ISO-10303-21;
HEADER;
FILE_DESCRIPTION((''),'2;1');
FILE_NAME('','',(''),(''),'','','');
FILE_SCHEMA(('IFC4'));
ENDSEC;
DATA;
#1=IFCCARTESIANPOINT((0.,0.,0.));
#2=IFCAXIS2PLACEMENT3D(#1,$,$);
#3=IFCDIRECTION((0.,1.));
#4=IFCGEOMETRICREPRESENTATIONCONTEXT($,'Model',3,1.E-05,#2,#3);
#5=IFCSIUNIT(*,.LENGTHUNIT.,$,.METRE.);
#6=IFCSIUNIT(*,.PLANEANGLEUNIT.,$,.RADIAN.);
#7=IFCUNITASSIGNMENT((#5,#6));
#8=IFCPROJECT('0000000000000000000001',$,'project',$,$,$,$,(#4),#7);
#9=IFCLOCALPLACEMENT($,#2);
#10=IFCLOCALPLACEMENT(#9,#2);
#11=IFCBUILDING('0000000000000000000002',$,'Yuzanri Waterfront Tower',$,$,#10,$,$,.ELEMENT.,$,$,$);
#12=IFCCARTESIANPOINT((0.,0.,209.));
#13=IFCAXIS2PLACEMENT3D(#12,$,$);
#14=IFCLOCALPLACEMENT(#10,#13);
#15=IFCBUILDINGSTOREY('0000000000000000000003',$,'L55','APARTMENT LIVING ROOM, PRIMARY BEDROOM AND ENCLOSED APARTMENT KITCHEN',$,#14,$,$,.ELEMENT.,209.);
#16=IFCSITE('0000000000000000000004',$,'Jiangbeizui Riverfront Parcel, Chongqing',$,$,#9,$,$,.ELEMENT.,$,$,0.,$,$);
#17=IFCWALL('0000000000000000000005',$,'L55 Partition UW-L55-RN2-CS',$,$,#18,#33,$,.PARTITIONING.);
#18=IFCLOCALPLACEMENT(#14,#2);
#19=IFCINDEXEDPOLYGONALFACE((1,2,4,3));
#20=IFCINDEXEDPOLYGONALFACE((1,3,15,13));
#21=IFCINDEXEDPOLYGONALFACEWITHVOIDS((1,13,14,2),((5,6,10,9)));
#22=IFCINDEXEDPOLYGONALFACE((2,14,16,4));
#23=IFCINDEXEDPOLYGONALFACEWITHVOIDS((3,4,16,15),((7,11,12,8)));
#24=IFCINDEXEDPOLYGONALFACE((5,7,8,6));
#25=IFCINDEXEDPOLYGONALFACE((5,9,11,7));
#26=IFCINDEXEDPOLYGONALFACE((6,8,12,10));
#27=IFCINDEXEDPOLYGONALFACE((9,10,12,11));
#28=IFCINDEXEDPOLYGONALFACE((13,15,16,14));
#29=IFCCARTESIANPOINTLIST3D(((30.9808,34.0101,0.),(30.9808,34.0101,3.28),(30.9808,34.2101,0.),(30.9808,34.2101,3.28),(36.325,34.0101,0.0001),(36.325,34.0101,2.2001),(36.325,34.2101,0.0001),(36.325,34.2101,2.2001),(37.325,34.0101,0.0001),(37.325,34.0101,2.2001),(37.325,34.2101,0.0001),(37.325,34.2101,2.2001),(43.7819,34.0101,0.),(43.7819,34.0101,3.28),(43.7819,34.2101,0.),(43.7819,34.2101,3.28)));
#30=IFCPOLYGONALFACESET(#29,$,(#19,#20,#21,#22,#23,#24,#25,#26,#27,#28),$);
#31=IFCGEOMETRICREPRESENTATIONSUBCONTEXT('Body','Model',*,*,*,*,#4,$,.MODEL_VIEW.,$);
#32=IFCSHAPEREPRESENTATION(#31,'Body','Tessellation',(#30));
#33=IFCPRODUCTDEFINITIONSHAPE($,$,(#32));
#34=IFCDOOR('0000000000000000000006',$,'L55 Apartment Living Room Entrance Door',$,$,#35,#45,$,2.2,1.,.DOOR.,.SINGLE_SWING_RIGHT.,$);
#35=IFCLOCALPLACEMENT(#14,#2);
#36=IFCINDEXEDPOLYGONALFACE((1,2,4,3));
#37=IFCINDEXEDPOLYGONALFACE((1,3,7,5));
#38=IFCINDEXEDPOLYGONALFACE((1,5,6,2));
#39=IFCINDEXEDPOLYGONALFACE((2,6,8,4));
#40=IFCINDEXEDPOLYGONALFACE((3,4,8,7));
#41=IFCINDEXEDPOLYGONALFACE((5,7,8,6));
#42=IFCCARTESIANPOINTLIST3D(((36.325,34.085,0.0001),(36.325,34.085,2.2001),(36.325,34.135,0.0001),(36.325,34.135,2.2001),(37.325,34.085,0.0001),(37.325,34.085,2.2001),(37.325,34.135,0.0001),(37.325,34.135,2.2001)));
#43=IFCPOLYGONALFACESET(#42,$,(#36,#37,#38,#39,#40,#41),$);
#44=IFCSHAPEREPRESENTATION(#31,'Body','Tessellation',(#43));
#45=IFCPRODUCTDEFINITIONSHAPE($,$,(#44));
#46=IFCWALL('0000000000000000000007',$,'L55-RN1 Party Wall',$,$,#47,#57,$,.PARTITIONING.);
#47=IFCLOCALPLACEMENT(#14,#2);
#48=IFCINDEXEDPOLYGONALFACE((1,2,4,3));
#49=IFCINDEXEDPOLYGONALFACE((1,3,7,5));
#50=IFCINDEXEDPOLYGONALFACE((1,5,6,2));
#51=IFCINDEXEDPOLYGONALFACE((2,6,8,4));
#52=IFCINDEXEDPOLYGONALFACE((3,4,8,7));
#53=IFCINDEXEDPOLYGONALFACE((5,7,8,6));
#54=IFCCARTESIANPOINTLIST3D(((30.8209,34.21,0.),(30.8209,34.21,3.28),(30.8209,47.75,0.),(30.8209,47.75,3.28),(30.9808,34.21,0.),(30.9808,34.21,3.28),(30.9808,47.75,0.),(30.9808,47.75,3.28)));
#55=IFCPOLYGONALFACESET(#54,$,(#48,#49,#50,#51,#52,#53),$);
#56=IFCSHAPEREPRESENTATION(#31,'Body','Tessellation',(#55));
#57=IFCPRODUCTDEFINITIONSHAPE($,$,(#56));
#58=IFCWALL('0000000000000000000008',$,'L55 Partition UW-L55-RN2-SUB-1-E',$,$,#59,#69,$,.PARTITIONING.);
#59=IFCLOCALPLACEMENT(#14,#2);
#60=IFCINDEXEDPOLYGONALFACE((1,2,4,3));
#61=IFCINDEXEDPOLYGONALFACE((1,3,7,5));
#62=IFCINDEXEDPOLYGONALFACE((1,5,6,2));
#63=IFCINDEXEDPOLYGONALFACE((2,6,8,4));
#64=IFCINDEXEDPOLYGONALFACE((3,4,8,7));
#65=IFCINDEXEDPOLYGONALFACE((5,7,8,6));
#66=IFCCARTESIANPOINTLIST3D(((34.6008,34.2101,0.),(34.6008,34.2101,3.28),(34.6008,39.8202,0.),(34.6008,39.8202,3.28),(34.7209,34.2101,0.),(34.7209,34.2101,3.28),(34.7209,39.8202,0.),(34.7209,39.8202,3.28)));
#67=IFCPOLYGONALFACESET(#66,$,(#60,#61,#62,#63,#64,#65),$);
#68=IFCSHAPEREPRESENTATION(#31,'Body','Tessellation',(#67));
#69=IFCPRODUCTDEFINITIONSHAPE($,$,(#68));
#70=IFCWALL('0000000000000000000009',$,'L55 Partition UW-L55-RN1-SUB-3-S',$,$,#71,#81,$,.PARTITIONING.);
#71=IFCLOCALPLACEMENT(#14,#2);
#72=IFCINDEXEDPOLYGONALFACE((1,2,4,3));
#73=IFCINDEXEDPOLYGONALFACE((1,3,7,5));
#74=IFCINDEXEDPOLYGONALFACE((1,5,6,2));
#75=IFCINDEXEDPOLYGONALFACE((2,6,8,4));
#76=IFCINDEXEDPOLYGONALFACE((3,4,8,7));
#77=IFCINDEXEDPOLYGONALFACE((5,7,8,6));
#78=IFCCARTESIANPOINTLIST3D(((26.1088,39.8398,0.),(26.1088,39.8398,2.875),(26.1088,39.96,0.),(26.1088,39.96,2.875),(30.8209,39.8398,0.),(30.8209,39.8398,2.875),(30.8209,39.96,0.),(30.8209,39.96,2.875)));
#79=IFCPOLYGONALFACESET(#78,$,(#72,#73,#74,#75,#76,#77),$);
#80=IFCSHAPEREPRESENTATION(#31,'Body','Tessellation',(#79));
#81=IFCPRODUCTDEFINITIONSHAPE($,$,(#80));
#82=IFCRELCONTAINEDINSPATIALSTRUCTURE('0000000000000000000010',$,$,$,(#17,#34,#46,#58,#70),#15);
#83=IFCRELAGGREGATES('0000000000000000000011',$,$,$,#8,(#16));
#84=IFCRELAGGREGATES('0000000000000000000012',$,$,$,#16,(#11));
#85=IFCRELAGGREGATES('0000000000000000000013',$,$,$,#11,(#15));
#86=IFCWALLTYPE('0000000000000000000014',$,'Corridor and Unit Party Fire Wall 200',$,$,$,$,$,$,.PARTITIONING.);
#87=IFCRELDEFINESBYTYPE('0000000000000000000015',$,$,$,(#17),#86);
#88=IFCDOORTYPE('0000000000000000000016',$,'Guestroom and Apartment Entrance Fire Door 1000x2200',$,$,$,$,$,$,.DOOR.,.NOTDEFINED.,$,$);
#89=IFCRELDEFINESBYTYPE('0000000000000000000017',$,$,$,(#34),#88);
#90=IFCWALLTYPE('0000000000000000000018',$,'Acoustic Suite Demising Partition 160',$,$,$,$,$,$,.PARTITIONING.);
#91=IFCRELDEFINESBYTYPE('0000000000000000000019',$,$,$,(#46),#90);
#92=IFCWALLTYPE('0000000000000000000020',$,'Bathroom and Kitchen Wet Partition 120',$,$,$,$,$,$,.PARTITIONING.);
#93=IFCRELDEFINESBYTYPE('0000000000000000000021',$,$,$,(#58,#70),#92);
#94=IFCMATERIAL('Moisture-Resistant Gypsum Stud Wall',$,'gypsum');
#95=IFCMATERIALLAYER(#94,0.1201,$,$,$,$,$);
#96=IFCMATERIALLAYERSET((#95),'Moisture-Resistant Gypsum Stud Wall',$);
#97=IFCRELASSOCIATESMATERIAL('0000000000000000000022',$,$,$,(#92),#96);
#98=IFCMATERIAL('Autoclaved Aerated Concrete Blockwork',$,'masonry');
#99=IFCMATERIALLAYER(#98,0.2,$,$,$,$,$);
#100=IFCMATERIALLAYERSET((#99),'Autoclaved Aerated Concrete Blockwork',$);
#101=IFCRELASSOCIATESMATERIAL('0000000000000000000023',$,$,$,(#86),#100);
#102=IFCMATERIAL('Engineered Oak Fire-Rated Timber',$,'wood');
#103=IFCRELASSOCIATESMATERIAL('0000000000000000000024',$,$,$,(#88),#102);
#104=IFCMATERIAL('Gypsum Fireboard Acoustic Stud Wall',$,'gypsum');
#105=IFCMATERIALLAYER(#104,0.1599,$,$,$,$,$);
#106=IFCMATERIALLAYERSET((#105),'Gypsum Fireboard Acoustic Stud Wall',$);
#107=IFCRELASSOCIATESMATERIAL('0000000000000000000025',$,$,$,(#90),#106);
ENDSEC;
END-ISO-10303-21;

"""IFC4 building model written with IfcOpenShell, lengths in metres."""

from ifc_helpers import new_model, si_unit, direction, frame, frame_2d, origin, place, context, subcontext, project, spatial, rectangle, extrude, source, transform, mapped, material, layer, layer_set, type_object, element, fill, save


model = new_model("IFC4")

# Units and contexts
model_context = context("Model", 3, precision=1e-05, world=origin(), true_north=direction((0.0, 1.0)))
body_context = subcontext(model_context, "Body", "Model", "MODEL_VIEW")
ifc_project = project(units=[si_unit("LENGTHUNIT", "METRE"), si_unit("PLANEANGLEUNIT", "RADIAN")], contexts=[model_context])

# Site, building, storey
site_placement = place(None, origin())
site = spatial("IfcSite", under=ifc_project, at=site_placement, Name="Jiangbeizui Riverfront Parcel, Chongqing", CompositionType="ELEMENT", RefElevation=0.0)
building_placement = place(site_placement, origin())
building = spatial("IfcBuilding", under=site, at=building_placement, Name="Yuzanri Waterfront Tower", CompositionType="ELEMENT")
storey_placement = place(building_placement, frame((0.0, 0.0, 209.0)))
storey = spatial("IfcBuildingStorey", under=building, at=storey_placement, Name="L55", Description="APARTMENT LIVING ROOM, PRIMARY BEDROOM AND ENCLOSED APARTMENT KITCHEN", CompositionType="ELEMENT", Elevation=209.0)

# Wall, opening, door
ifc_material_1 = material(Name="Moisture-Resistant Gypsum Stud Wall", Category="gypsum")
ifc_layer_1 = layer(ifc_material_1, 0.1201)
ifc_layer_set_1 = layer_set([ifc_layer_1], Name="Moisture-Resistant Gypsum Stud Wall")
wall_type_1 = type_object("IfcWallType", Name="Bathroom and Kitchen Wet Partition 120", PredefinedType="PARTITIONING", material=ifc_layer_set_1)
ifc_material_2 = material(Name="Autoclaved Aerated Concrete Blockwork", Category="masonry")
ifc_layer_2 = layer(ifc_material_2, 0.2)
ifc_layer_set_2 = layer_set([ifc_layer_2], Name="Autoclaved Aerated Concrete Blockwork")
wall_type_2 = type_object("IfcWallType", Name="Corridor and Unit Party Fire Wall 200", PredefinedType="PARTITIONING", material=ifc_layer_set_2)
wall_1_placement = place(storey_placement, frame((30.981, 34.1101, 0.0), z_axis=(0.0, 0.0, 1.0), x_axis=(1.0, 0.0, 0.0)))
wall_1 = element("IfcWall", 1, at=wall_1_placement, inside=storey, type_object=wall_type_2, Name="L55 Partition UW-L55-RN2-CS", PredefinedType="PARTITIONING", context=body_context, shape_type="SweptSolid", body=[
    extrude(rectangle(XDim=12.801, YDim=0.2, at=frame_2d((6.4004, 0.0))), origin(), (0.0, 0.0, 1.0), 3.28),
])
opening_1_placement = place(wall_1_placement, frame((5.344, 0.0, 0.0)))
opening_1 = element("IfcOpeningElement", 2, at=opening_1_placement, cuts=wall_1, PredefinedType="OPENING", context=body_context, shape_type="SweptSolid", body=[
    extrude(rectangle(XDim=1.0, YDim=2.2, at=frame_2d((0.5, 1.1001))), frame((0.0, 0.1147, 0.0), z_axis=(0.0, -1.0, 0.0), x_axis=(1.0, 0.0, 0.0)), (0.0, 0.0, 1.0), 0.2297),
])
ifc_material_3 = material(Name="Engineered Oak Fire-Rated Timber", Category="wood")
door_type_1 = type_object("IfcDoorType", Name="Guestroom and Apartment Entrance Fire Door 1000x2200", OperationType="NOTDEFINED", PredefinedType="DOOR", material=ifc_material_3)
shared_shape_1 = source(origin(), body_context, "Body", "SweptSolid", [
    extrude(rectangle(XDim=1.0, YDim=2.2, at=frame_2d((0.5, 1.1001))), frame((0.0, 0.0249, 0.0), z_axis=(0.0, -1.0, 0.0), x_axis=(1.0, 0.0, 0.0)), (0.0, 0.0, 1.0), 0.05),
])
door_1_placement = place(opening_1_placement, origin())
door_1 = element("IfcDoor", 3, at=door_1_placement, inside=storey, type_object=door_type_1, Name="L55 Apartment Living Room Entrance Door", OperationType="SINGLE_SWING_RIGHT", OverallHeight=2.2, OverallWidth=1.0, PredefinedType="DOOR", context=body_context, shape_type="MappedRepresentation", body=[
    mapped(shared_shape_1, transform((0.0, 0.0, 0.0), scale=1.0)),
])
fill(opening_1, door_1)

# Walls
ifc_material_4 = material(Name="Gypsum Fireboard Acoustic Stud Wall", Category="gypsum")
ifc_layer_3 = layer(ifc_material_4, 0.1599)
ifc_layer_set_3 = layer_set([ifc_layer_3], Name="Gypsum Fireboard Acoustic Stud Wall")
wall_type_3 = type_object("IfcWallType", Name="Acoustic Suite Demising Partition 160", PredefinedType="PARTITIONING", material=ifc_layer_set_3)
shared_shape_2 = source(origin(), body_context, "Body", "SweptSolid", [
    extrude(rectangle(XDim=13.54, YDim=0.1599, at=frame_2d((6.77, 0.0))), origin(), (0.0, 0.0, 1.0), 3.28),
])
wall_2_placement = place(storey_placement, frame((30.9009, 34.21, 0.0), z_axis=(0.0, 0.0, 1.0), x_axis=(0.0, 1.0, 0.0)))
element("IfcWall", 4, at=wall_2_placement, inside=storey, type_object=wall_type_3, Name="L55-RN1 Party Wall", PredefinedType="PARTITIONING", context=body_context, shape_type="MappedRepresentation", body=[
    mapped(shared_shape_2, transform((0.0, 0.0, 0.0), scale=1.0)),
])
shared_shape_3 = source(origin(), body_context, "Body", "SweptSolid", [
    extrude(rectangle(XDim=5.6101, YDim=0.1201, at=frame_2d((2.8052, 0.0))), origin(), (0.0, 0.0, 1.0), 3.28),
])
wall_3_placement = place(storey_placement, frame((34.6609, 34.21, 0.0), z_axis=(0.0, 0.0, 1.0), x_axis=(0.0, 1.0, 0.0)))
element("IfcWall", 5, at=wall_3_placement, inside=storey, type_object=wall_type_1, Name="L55 Partition UW-L55-RN2-SUB-1-E", PredefinedType="PARTITIONING", context=body_context, shape_type="MappedRepresentation", body=[
    mapped(shared_shape_3, transform((0.0, 0.0, 0.0), scale=1.0)),
])
shared_shape_4 = source(origin(), body_context, "Body", "SweptSolid", [
    extrude(rectangle(XDim=4.7122, YDim=0.1201, at=frame_2d((2.356, 0.0))), origin(), (0.0, 0.0, 1.0), 2.875),
])
wall_4_placement = place(storey_placement, frame((26.1089, 39.8999, 0.0), z_axis=(0.0, 0.0, 1.0), x_axis=(1.0, 0.0, 0.0)))
element("IfcWall", 6, at=wall_4_placement, inside=storey, type_object=wall_type_1, Name="L55 Partition UW-L55-RN1-SUB-3-S", PredefinedType="PARTITIONING", context=body_context, shape_type="MappedRepresentation", body=[
    mapped(shared_shape_4, transform((0.0, 0.0, 0.0), scale=1.0)),
])

save(model, "model.ifc")
